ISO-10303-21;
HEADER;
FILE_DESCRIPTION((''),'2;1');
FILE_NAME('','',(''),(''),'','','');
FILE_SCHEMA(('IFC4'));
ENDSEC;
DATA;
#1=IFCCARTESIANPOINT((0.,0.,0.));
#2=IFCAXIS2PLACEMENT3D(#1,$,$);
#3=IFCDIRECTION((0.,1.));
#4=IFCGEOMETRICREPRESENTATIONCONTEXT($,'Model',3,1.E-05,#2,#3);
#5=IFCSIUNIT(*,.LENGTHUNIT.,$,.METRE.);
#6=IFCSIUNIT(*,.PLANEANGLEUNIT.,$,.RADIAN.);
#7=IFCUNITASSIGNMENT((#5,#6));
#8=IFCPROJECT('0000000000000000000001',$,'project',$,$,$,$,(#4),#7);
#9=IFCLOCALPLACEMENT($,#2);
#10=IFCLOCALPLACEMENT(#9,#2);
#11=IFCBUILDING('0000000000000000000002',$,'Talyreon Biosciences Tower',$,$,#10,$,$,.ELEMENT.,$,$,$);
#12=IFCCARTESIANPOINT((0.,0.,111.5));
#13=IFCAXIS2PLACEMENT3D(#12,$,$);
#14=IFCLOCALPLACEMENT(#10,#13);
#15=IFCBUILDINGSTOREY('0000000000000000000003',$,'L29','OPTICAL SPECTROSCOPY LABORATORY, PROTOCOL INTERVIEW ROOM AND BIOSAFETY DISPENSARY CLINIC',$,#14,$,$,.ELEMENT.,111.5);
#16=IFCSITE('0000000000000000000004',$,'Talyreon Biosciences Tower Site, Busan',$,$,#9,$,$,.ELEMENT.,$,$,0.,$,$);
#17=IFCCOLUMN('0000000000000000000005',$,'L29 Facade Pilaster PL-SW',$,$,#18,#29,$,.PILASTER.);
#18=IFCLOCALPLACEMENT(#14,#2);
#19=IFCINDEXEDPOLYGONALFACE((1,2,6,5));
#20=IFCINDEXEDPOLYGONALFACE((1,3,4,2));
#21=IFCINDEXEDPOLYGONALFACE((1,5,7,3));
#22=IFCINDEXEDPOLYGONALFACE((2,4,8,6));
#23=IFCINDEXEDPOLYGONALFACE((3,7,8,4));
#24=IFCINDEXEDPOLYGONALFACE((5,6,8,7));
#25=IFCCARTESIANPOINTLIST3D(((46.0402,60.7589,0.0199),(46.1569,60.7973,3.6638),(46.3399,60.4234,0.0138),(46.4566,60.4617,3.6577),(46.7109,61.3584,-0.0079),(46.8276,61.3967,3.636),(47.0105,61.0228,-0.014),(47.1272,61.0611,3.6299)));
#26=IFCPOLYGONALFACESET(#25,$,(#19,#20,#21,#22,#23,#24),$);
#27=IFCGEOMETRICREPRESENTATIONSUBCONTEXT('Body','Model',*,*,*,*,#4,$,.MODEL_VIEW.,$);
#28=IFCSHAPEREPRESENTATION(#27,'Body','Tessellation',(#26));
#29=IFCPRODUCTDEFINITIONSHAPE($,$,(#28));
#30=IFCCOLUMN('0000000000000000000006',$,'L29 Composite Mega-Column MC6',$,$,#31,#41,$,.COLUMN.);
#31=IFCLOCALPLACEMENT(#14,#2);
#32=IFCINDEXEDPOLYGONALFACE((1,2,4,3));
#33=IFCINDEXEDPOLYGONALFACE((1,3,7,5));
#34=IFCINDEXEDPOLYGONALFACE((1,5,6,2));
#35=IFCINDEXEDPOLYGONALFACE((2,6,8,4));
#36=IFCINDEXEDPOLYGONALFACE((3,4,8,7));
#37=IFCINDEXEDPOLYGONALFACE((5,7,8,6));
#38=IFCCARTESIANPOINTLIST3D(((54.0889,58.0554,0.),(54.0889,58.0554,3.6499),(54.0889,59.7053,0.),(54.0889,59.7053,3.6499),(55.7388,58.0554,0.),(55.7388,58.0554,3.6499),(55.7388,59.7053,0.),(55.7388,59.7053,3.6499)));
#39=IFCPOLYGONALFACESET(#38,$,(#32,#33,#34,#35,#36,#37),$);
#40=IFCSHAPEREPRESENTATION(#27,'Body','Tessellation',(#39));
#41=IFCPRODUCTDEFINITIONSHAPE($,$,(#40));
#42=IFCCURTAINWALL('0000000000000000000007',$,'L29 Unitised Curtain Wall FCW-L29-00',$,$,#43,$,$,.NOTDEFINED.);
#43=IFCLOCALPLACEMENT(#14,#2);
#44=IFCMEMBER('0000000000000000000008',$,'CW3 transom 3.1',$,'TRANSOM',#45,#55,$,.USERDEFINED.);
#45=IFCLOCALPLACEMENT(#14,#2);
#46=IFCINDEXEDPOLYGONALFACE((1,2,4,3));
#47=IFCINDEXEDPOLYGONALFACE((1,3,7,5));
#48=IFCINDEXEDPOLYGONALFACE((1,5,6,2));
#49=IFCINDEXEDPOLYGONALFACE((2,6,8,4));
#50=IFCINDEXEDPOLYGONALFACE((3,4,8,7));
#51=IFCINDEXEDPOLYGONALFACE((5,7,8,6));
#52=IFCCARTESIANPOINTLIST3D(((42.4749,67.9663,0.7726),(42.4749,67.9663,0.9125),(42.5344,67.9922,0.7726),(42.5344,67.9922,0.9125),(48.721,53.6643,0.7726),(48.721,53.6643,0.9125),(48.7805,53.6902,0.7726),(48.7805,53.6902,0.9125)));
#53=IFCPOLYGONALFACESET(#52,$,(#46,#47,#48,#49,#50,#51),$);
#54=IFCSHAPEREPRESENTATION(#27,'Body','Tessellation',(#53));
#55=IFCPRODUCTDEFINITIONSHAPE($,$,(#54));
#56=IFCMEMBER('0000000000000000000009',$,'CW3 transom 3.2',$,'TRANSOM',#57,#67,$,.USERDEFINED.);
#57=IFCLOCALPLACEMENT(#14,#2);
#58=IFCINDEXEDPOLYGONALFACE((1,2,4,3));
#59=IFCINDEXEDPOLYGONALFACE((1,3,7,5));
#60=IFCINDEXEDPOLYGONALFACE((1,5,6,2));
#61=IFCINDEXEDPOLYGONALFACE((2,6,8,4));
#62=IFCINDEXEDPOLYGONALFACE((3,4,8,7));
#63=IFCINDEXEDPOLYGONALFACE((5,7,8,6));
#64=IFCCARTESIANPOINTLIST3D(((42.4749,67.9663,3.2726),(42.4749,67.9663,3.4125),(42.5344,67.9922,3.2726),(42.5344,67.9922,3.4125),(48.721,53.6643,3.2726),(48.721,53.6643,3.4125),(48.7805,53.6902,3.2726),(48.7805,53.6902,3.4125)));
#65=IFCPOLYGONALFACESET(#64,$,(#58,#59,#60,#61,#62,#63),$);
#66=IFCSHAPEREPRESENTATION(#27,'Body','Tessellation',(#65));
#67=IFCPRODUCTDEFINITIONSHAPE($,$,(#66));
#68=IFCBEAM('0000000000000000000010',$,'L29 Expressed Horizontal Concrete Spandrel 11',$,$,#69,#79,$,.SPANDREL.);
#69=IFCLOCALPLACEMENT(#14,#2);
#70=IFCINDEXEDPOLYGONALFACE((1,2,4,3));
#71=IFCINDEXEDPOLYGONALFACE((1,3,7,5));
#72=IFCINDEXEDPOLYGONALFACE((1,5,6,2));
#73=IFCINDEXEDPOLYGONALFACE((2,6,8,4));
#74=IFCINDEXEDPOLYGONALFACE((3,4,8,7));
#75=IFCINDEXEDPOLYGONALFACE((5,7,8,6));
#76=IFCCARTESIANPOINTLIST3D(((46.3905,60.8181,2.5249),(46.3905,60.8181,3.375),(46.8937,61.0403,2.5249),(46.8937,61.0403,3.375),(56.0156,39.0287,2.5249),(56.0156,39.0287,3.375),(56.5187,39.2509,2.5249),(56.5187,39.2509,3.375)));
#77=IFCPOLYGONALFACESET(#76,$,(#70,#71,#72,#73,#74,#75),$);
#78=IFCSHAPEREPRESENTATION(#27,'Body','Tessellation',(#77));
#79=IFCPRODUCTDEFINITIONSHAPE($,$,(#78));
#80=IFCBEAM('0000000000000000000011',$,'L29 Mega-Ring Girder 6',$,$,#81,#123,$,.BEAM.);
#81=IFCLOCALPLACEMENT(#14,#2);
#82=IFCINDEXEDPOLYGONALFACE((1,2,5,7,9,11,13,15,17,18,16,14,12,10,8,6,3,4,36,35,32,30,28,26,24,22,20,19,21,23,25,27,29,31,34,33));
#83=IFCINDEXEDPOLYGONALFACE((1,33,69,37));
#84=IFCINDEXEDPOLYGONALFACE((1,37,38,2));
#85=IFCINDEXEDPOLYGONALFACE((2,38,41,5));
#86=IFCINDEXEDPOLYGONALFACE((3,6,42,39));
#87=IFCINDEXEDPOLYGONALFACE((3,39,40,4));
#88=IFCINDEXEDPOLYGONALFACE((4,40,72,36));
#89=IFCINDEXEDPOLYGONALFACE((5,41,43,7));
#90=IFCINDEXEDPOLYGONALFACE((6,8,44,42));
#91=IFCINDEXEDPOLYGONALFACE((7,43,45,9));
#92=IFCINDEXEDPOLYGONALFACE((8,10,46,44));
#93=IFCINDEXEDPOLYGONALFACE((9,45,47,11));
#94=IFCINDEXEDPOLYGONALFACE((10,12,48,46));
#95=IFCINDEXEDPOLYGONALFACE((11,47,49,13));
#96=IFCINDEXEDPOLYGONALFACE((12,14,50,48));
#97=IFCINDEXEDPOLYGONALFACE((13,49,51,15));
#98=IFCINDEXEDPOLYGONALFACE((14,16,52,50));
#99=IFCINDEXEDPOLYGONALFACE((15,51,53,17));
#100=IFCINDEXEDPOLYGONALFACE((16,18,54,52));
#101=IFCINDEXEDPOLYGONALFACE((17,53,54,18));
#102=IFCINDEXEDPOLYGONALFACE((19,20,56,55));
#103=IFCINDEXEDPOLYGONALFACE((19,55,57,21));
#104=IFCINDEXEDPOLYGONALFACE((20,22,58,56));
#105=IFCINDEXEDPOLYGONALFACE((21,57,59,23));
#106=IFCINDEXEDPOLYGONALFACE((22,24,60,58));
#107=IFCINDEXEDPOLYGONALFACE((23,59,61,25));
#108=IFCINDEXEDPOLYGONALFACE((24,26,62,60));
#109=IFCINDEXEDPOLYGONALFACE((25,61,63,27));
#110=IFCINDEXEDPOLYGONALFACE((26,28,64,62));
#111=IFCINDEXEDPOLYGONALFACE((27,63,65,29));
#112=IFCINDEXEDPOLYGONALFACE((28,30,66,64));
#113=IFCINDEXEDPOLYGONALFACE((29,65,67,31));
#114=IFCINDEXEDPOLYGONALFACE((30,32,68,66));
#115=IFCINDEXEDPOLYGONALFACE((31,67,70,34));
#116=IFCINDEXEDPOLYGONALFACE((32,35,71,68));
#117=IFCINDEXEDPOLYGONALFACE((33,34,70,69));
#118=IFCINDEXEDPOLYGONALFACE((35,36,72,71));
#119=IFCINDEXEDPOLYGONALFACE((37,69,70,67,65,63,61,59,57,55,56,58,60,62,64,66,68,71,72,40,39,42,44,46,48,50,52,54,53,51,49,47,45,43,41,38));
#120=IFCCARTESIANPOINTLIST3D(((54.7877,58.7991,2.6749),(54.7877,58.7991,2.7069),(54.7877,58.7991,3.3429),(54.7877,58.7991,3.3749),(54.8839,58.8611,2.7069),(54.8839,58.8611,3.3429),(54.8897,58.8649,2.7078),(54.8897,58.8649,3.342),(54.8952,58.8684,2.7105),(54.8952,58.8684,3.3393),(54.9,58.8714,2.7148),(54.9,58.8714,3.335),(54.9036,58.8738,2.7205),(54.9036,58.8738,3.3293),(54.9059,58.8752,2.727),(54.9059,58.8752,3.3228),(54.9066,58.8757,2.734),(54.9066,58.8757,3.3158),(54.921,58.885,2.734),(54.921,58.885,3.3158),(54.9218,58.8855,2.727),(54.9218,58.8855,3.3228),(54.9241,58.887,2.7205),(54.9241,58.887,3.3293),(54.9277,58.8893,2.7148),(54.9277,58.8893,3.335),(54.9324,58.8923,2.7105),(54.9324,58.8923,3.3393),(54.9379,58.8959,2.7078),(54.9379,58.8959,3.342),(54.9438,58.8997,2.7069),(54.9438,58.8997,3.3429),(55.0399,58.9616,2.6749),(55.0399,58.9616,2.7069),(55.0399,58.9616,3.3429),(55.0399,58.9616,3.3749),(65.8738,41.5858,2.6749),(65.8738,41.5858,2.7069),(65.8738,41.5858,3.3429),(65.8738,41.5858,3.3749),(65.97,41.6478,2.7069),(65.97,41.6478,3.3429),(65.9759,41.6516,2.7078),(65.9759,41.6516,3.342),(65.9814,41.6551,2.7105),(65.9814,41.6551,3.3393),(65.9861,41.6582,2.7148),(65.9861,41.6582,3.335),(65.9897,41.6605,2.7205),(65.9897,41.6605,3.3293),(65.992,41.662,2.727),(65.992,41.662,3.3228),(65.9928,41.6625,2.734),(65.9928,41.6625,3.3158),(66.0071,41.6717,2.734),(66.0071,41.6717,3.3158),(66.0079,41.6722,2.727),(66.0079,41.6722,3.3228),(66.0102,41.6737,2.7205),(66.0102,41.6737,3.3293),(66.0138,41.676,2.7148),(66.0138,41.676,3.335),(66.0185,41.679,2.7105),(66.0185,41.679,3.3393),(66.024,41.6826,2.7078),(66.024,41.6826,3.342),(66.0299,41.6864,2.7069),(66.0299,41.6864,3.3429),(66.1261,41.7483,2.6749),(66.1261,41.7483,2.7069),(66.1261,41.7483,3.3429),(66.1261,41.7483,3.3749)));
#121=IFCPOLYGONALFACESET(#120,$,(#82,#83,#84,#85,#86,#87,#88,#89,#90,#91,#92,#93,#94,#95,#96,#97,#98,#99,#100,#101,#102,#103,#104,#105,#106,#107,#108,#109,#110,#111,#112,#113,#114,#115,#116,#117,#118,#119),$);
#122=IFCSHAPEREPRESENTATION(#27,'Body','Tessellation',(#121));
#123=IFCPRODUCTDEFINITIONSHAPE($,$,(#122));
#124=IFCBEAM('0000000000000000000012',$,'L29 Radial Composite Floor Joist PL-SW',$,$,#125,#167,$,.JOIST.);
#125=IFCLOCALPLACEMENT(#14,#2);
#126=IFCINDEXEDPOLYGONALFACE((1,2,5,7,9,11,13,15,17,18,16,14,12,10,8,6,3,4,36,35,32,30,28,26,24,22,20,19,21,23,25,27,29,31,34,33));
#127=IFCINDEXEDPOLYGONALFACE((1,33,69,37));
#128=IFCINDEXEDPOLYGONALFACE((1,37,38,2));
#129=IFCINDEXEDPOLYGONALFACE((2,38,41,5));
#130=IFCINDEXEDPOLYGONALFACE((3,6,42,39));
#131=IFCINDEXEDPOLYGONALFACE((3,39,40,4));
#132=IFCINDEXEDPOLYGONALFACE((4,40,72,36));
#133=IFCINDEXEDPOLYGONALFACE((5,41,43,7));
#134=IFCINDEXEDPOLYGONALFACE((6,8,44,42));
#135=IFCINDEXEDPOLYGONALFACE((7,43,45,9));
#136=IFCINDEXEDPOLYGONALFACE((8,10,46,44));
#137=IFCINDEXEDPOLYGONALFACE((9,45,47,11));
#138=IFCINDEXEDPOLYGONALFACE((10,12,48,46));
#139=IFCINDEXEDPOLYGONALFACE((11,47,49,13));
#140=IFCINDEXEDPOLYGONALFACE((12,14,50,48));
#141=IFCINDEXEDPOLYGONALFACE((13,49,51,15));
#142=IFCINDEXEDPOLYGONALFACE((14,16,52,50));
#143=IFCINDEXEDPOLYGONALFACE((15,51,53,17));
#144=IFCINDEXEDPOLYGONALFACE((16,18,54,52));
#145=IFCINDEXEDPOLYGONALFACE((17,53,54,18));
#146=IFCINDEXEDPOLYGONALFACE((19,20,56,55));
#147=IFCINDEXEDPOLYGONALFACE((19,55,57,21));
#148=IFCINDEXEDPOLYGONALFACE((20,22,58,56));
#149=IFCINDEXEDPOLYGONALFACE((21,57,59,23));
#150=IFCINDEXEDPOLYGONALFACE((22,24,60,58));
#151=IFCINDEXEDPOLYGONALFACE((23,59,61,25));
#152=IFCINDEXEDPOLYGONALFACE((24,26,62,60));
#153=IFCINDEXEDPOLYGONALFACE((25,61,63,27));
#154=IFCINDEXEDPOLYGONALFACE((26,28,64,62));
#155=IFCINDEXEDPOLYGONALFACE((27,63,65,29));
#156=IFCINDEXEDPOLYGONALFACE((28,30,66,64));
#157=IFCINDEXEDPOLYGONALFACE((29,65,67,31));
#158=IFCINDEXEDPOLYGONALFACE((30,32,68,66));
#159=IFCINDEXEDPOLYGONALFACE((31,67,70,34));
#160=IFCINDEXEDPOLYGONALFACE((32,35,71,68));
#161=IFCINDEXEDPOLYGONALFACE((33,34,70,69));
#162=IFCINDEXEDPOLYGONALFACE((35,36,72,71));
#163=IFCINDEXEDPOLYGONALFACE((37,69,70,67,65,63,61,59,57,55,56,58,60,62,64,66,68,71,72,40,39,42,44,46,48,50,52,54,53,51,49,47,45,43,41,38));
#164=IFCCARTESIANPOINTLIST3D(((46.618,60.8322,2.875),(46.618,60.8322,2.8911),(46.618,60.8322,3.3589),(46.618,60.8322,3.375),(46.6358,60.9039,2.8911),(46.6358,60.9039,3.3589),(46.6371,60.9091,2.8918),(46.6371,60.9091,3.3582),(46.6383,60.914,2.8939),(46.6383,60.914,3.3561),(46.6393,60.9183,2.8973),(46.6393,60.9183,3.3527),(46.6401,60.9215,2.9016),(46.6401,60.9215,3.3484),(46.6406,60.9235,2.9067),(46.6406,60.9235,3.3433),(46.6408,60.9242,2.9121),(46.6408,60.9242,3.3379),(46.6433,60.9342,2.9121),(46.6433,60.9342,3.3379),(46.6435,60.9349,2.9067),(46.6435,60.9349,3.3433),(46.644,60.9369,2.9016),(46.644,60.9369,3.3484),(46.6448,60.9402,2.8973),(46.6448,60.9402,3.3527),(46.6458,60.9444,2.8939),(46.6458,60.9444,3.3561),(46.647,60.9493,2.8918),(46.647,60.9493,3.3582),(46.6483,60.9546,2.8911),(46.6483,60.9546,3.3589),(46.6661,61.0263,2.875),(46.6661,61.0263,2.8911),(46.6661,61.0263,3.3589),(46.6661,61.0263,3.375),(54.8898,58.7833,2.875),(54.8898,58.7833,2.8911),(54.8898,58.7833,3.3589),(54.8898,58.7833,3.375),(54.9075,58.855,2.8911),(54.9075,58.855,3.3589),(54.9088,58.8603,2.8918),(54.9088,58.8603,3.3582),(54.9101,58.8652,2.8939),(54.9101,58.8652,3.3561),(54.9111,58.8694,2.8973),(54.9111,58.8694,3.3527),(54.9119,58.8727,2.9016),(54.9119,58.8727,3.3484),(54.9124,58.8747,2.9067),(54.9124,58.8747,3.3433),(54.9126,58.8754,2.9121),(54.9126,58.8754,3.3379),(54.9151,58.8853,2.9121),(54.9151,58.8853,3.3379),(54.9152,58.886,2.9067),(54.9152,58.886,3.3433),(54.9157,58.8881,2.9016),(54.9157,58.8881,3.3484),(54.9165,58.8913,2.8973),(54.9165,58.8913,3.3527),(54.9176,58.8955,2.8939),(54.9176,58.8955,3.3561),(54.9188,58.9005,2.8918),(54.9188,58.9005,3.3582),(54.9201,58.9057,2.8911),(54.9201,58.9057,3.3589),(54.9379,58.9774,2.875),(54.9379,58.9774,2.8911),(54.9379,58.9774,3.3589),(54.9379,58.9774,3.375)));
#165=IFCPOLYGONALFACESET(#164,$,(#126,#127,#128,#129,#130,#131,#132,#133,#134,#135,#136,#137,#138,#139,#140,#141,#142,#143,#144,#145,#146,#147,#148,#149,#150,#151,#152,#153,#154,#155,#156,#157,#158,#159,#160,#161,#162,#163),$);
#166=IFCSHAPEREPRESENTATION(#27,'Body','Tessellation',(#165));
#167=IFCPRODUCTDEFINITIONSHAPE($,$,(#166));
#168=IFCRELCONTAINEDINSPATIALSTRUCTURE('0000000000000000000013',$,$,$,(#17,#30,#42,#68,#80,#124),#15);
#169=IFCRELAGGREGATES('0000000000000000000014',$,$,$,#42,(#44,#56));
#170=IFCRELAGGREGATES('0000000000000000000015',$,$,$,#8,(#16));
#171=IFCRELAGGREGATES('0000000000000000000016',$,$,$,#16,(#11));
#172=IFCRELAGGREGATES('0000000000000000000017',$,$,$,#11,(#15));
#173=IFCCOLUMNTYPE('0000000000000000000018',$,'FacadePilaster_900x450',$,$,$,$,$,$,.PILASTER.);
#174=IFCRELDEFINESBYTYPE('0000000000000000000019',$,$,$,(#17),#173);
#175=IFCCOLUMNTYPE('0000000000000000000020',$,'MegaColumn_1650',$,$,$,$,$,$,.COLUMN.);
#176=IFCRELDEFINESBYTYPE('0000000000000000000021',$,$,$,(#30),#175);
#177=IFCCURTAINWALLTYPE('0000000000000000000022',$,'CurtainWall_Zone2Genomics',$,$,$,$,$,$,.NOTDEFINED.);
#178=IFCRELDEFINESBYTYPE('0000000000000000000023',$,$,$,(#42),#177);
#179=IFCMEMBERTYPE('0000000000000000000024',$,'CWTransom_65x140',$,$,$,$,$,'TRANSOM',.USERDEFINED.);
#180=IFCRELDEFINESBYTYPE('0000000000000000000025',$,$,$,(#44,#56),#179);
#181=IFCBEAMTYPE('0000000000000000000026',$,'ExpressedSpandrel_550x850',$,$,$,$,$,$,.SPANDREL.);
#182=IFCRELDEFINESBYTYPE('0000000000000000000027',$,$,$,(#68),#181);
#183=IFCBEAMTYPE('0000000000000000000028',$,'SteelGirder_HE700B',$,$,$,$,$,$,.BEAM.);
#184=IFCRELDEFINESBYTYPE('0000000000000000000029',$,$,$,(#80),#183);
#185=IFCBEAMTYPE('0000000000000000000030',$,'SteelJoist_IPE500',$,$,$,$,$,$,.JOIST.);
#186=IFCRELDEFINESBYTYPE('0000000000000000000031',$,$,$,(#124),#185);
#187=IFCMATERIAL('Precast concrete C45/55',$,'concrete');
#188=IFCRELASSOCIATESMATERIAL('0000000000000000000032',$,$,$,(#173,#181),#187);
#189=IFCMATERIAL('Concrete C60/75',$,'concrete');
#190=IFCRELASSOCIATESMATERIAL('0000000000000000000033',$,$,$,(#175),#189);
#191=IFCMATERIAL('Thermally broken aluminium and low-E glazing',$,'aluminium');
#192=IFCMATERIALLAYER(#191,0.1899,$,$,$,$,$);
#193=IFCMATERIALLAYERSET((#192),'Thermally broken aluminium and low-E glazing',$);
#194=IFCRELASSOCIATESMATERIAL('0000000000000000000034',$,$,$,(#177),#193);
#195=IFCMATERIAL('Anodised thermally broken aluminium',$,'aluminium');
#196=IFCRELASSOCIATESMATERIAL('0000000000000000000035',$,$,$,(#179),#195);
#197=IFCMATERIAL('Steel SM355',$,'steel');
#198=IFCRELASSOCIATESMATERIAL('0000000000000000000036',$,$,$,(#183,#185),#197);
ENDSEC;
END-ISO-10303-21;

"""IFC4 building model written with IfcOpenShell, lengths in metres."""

from ifc_helpers import new_model, si_unit, direction, frame, origin, origin_2d, place, context, subcontext, project, spatial, rectangle, i_section, extrude, material, layer, layer_set, material_profile, profile_set, type_object, element, aggregate, save


model = new_model("IFC4")

# Units and contexts
model_context = context("Model", 3, precision=1e-05, world=origin(), true_north=direction((0.0, 1.0)))
body_context = subcontext(model_context, "Body", "Model", "MODEL_VIEW")
ifc_project = project(units=[si_unit("LENGTHUNIT", "METRE"), si_unit("PLANEANGLEUNIT", "RADIAN")], contexts=[model_context])

# Site, building, storey
site_placement = place(None, origin())
site = spatial("IfcSite", under=ifc_project, at=site_placement, Name="Talyreon Biosciences Tower Site, Busan", CompositionType="ELEMENT", RefElevation=0.0)
building_placement = place(site_placement, origin())
building = spatial("IfcBuilding", under=site, at=building_placement, Name="Talyreon Biosciences Tower", CompositionType="ELEMENT")
storey_placement = place(building_placement, frame((0.0, 0.0, 111.5)))
storey = spatial("IfcBuildingStorey", under=building, at=storey_placement, Name="L29", Description="OPTICAL SPECTROSCOPY LABORATORY, PROTOCOL INTERVIEW ROOM AND BIOSAFETY DISPENSARY CLINIC", CompositionType="ELEMENT", Elevation=111.5)

# Columns
ifc_material_1 = material(Name="Precast concrete C45/55", Category="concrete")
ifc_material_profile_1 = material_profile(ifc_material_1, rectangle(XDim=0.8999, YDim=0.45, at=origin_2d()), Name="RC 900x450")
ifc_profile_set_1 = profile_set([ifc_material_profile_1], Name="Precast concrete C45/55")
column_type_1 = type_object("IfcColumnType", Name="FacadePilaster_900x450", PredefinedType="PILASTER", material=ifc_profile_set_1)
column_1_placement = place(storey_placement, frame((46.5254, 60.8909, 0.0029), z_axis=(0.032006, 0.010513, 0.999432), x_axis=(0.745228, 0.666095, -0.030872)))
element("IfcColumn", 1, at=column_1_placement, inside=storey, type_object=column_type_1, Name="L29 Facade Pilaster PL-SW", PredefinedType="PILASTER", context=body_context, shape_type="SweptSolid", body=[
    extrude(rectangle(XDim=0.8999, YDim=0.45, at=origin_2d()), origin(), (0.0, 0.0, 1.0), 3.646),
])
ifc_material_2 = material(Name="Concrete C60/75", Category="concrete")
ifc_material_profile_2 = material_profile(ifc_material_2, rectangle(XDim=1.6499, YDim=1.6499, at=origin_2d()), Name="RC 1650x1650")
ifc_profile_set_2 = profile_set([ifc_material_profile_2], Name="Concrete C60/75")
column_type_2 = type_object("IfcColumnType", Name="MegaColumn_1650", PredefinedType="COLUMN", material=ifc_profile_set_2)
column_2_placement = place(storey_placement, frame((54.9138, 58.8804, 0.0), z_axis=(0.0, 0.0, 1.0), x_axis=(1.0, 0.0, 0.0)))
element("IfcColumn", 2, at=column_2_placement, inside=storey, type_object=column_type_2, Name="L29 Composite Mega-Column MC6", PredefinedType="COLUMN", context=body_context, shape_type="SweptSolid", body=[
    extrude(rectangle(XDim=1.6499, YDim=1.6499, at=origin_2d()), origin(), (0.0, 0.0, 1.0), 3.6499),
])

# Curtain wall, members
ifc_material_3 = material(Name="Thermally broken aluminium and low-E glazing", Category="aluminium")
ifc_layer_1 = layer(ifc_material_3, 0.1899)
ifc_layer_set_1 = layer_set([ifc_layer_1], Name="Thermally broken aluminium and low-E glazing")
curtain_wall_type = type_object("IfcCurtainWallType", Name="CurtainWall_Zone2Genomics", PredefinedType="NOTDEFINED", material=ifc_layer_set_1)
curtain_wall_placement = place(storey_placement, origin())
curtain_wall = element("IfcCurtainWall", 3, at=curtain_wall_placement, inside=storey, type_object=curtain_wall_type, Name="L29 Unitised Curtain Wall FCW-L29-00", PredefinedType="NOTDEFINED")
ifc_material_4 = material(Name="Anodised thermally broken aluminium", Category="aluminium")
ifc_material_profile_3 = material_profile(ifc_material_4, rectangle(XDim=0.0649, YDim=0.1399, at=origin_2d()), Name="ALUM TRANSOM 65x140")
ifc_profile_set_3 = profile_set([ifc_material_profile_3], Name="Anodised thermally broken aluminium")
member_type = type_object("IfcMemberType", Name="CWTransom_65x140", ElementType="TRANSOM", PredefinedType="USERDEFINED", material=ifc_profile_set_3)
member_1_placement = place(storey_placement, frame((48.7507, 53.6772, 0.8425), z_axis=(-0.400225, 0.916417, 0.0), x_axis=(-0.916417, -0.400225, 0.0)))
member_1 = element("IfcMember", 4, at=member_1_placement, type_object=member_type, Name="CW3 transom 3.1", ObjectType="TRANSOM", PredefinedType="USERDEFINED", context=body_context, shape_type="SweptSolid", body=[
    extrude(rectangle(XDim=0.0649, YDim=0.1399, at=origin_2d()), origin(), (0.0, 0.0, 1.0), 15.6064),
])
member_2_placement = place(storey_placement, frame((48.7507, 53.6772, 3.3425), z_axis=(-0.400225, 0.916417, 0.0), x_axis=(-0.916417, -0.400225, 0.0)))
member_2 = element("IfcMember", 5, at=member_2_placement, type_object=member_type, Name="CW3 transom 3.2", ObjectType="TRANSOM", PredefinedType="USERDEFINED", context=body_context, shape_type="SweptSolid", body=[
    extrude(rectangle(XDim=0.0649, YDim=0.1399, at=origin_2d()), origin(), (0.0, 0.0, 1.0), 15.6064),
])

# Beams
ifc_material_profile_4 = material_profile(ifc_material_1, rectangle(XDim=0.55, YDim=0.8501, at=origin_2d()), Name="RCB 550x850")
ifc_profile_set_4 = profile_set([ifc_material_profile_4], Name="Precast concrete C45/55")
beam_type_1 = type_object("IfcBeamType", Name="ExpressedSpandrel_550x850", PredefinedType="SPANDREL", material=ifc_profile_set_4)
beam_1_placement = place(storey_placement, frame((46.6421, 60.9292, 2.95), z_axis=(0.404064, -0.914731, 0.0), x_axis=(0.914731, 0.404064, 0.0)))
element("IfcBeam", 6, at=beam_1_placement, inside=storey, type_object=beam_type_1, Name="L29 Expressed Horizontal Concrete Spandrel 11", PredefinedType="SPANDREL", context=body_context, shape_type="SweptSolid", body=[
    extrude(rectangle(XDim=0.55, YDim=0.8501, at=origin_2d()), origin(), (0.0, 0.0, 1.0), 23.8206),
])
ifc_material_5 = material(Name="Steel SM355", Category="steel")
ifc_material_profile_5 = material_profile(ifc_material_5, i_section(OverallWidth=0.3, OverallDepth=0.7, WebThickness=0.0171, FlangeThickness=0.032, FilletRadius=0.0271, at=origin_2d()), Name="HE700B")
ifc_profile_set_5 = profile_set([ifc_material_profile_5], Name="Steel SM355")
beam_type_2 = type_object("IfcBeamType", Name="SteelGirder_HE700B", PredefinedType="BEAM", material=ifc_profile_set_5)
beam_2_placement = place(storey_placement, frame((54.9138, 58.8804, 3.0249), z_axis=(0.541464, -0.840724, 0.0), x_axis=(0.840724, 0.541464, 0.0)))
element("IfcBeam", 7, at=beam_2_placement, inside=storey, type_object=beam_type_2, Name="L29 Mega-Ring Girder 6", PredefinedType="BEAM", context=body_context, shape_type="SweptSolid", body=[
    extrude(i_section(OverallWidth=0.3, OverallDepth=0.7, WebThickness=0.0171, FlangeThickness=0.032, FilletRadius=0.0271, at=origin_2d()), origin(), (0.0, 0.0, 1.0), 20.4744),
])
ifc_material_profile_6 = material_profile(ifc_material_5, i_section(OverallWidth=0.2, OverallDepth=0.5, WebThickness=0.0103, FlangeThickness=0.0161, FilletRadius=0.021, at=origin_2d()), Name="IPE500")
ifc_profile_set_6 = profile_set([ifc_material_profile_6], Name="Steel SM355")
beam_type_3 = type_object("IfcBeamType", Name="SteelJoist_IPE500", PredefinedType="JOIST", material=ifc_profile_set_6)
beam_3_placement = place(storey_placement, frame((54.9138, 58.8804, 3.125), z_axis=(-0.970668, 0.240425, 0.0), x_axis=(-0.240425, -0.970668, 0.0)))
element("IfcBeam", 8, at=beam_3_placement, inside=storey, type_object=beam_type_3, Name="L29 Radial Composite Floor Joist PL-SW", PredefinedType="JOIST", context=body_context, shape_type="SweptSolid", body=[
    extrude(i_section(OverallWidth=0.2, OverallDepth=0.5, WebThickness=0.0103, FlangeThickness=0.0161, FilletRadius=0.021, at=origin_2d()), origin(), (0.0, 0.0, 1.0), 8.5217),
])

aggregate(curtain_wall, [member_1, member_2])

save(model, "model.ifc")
